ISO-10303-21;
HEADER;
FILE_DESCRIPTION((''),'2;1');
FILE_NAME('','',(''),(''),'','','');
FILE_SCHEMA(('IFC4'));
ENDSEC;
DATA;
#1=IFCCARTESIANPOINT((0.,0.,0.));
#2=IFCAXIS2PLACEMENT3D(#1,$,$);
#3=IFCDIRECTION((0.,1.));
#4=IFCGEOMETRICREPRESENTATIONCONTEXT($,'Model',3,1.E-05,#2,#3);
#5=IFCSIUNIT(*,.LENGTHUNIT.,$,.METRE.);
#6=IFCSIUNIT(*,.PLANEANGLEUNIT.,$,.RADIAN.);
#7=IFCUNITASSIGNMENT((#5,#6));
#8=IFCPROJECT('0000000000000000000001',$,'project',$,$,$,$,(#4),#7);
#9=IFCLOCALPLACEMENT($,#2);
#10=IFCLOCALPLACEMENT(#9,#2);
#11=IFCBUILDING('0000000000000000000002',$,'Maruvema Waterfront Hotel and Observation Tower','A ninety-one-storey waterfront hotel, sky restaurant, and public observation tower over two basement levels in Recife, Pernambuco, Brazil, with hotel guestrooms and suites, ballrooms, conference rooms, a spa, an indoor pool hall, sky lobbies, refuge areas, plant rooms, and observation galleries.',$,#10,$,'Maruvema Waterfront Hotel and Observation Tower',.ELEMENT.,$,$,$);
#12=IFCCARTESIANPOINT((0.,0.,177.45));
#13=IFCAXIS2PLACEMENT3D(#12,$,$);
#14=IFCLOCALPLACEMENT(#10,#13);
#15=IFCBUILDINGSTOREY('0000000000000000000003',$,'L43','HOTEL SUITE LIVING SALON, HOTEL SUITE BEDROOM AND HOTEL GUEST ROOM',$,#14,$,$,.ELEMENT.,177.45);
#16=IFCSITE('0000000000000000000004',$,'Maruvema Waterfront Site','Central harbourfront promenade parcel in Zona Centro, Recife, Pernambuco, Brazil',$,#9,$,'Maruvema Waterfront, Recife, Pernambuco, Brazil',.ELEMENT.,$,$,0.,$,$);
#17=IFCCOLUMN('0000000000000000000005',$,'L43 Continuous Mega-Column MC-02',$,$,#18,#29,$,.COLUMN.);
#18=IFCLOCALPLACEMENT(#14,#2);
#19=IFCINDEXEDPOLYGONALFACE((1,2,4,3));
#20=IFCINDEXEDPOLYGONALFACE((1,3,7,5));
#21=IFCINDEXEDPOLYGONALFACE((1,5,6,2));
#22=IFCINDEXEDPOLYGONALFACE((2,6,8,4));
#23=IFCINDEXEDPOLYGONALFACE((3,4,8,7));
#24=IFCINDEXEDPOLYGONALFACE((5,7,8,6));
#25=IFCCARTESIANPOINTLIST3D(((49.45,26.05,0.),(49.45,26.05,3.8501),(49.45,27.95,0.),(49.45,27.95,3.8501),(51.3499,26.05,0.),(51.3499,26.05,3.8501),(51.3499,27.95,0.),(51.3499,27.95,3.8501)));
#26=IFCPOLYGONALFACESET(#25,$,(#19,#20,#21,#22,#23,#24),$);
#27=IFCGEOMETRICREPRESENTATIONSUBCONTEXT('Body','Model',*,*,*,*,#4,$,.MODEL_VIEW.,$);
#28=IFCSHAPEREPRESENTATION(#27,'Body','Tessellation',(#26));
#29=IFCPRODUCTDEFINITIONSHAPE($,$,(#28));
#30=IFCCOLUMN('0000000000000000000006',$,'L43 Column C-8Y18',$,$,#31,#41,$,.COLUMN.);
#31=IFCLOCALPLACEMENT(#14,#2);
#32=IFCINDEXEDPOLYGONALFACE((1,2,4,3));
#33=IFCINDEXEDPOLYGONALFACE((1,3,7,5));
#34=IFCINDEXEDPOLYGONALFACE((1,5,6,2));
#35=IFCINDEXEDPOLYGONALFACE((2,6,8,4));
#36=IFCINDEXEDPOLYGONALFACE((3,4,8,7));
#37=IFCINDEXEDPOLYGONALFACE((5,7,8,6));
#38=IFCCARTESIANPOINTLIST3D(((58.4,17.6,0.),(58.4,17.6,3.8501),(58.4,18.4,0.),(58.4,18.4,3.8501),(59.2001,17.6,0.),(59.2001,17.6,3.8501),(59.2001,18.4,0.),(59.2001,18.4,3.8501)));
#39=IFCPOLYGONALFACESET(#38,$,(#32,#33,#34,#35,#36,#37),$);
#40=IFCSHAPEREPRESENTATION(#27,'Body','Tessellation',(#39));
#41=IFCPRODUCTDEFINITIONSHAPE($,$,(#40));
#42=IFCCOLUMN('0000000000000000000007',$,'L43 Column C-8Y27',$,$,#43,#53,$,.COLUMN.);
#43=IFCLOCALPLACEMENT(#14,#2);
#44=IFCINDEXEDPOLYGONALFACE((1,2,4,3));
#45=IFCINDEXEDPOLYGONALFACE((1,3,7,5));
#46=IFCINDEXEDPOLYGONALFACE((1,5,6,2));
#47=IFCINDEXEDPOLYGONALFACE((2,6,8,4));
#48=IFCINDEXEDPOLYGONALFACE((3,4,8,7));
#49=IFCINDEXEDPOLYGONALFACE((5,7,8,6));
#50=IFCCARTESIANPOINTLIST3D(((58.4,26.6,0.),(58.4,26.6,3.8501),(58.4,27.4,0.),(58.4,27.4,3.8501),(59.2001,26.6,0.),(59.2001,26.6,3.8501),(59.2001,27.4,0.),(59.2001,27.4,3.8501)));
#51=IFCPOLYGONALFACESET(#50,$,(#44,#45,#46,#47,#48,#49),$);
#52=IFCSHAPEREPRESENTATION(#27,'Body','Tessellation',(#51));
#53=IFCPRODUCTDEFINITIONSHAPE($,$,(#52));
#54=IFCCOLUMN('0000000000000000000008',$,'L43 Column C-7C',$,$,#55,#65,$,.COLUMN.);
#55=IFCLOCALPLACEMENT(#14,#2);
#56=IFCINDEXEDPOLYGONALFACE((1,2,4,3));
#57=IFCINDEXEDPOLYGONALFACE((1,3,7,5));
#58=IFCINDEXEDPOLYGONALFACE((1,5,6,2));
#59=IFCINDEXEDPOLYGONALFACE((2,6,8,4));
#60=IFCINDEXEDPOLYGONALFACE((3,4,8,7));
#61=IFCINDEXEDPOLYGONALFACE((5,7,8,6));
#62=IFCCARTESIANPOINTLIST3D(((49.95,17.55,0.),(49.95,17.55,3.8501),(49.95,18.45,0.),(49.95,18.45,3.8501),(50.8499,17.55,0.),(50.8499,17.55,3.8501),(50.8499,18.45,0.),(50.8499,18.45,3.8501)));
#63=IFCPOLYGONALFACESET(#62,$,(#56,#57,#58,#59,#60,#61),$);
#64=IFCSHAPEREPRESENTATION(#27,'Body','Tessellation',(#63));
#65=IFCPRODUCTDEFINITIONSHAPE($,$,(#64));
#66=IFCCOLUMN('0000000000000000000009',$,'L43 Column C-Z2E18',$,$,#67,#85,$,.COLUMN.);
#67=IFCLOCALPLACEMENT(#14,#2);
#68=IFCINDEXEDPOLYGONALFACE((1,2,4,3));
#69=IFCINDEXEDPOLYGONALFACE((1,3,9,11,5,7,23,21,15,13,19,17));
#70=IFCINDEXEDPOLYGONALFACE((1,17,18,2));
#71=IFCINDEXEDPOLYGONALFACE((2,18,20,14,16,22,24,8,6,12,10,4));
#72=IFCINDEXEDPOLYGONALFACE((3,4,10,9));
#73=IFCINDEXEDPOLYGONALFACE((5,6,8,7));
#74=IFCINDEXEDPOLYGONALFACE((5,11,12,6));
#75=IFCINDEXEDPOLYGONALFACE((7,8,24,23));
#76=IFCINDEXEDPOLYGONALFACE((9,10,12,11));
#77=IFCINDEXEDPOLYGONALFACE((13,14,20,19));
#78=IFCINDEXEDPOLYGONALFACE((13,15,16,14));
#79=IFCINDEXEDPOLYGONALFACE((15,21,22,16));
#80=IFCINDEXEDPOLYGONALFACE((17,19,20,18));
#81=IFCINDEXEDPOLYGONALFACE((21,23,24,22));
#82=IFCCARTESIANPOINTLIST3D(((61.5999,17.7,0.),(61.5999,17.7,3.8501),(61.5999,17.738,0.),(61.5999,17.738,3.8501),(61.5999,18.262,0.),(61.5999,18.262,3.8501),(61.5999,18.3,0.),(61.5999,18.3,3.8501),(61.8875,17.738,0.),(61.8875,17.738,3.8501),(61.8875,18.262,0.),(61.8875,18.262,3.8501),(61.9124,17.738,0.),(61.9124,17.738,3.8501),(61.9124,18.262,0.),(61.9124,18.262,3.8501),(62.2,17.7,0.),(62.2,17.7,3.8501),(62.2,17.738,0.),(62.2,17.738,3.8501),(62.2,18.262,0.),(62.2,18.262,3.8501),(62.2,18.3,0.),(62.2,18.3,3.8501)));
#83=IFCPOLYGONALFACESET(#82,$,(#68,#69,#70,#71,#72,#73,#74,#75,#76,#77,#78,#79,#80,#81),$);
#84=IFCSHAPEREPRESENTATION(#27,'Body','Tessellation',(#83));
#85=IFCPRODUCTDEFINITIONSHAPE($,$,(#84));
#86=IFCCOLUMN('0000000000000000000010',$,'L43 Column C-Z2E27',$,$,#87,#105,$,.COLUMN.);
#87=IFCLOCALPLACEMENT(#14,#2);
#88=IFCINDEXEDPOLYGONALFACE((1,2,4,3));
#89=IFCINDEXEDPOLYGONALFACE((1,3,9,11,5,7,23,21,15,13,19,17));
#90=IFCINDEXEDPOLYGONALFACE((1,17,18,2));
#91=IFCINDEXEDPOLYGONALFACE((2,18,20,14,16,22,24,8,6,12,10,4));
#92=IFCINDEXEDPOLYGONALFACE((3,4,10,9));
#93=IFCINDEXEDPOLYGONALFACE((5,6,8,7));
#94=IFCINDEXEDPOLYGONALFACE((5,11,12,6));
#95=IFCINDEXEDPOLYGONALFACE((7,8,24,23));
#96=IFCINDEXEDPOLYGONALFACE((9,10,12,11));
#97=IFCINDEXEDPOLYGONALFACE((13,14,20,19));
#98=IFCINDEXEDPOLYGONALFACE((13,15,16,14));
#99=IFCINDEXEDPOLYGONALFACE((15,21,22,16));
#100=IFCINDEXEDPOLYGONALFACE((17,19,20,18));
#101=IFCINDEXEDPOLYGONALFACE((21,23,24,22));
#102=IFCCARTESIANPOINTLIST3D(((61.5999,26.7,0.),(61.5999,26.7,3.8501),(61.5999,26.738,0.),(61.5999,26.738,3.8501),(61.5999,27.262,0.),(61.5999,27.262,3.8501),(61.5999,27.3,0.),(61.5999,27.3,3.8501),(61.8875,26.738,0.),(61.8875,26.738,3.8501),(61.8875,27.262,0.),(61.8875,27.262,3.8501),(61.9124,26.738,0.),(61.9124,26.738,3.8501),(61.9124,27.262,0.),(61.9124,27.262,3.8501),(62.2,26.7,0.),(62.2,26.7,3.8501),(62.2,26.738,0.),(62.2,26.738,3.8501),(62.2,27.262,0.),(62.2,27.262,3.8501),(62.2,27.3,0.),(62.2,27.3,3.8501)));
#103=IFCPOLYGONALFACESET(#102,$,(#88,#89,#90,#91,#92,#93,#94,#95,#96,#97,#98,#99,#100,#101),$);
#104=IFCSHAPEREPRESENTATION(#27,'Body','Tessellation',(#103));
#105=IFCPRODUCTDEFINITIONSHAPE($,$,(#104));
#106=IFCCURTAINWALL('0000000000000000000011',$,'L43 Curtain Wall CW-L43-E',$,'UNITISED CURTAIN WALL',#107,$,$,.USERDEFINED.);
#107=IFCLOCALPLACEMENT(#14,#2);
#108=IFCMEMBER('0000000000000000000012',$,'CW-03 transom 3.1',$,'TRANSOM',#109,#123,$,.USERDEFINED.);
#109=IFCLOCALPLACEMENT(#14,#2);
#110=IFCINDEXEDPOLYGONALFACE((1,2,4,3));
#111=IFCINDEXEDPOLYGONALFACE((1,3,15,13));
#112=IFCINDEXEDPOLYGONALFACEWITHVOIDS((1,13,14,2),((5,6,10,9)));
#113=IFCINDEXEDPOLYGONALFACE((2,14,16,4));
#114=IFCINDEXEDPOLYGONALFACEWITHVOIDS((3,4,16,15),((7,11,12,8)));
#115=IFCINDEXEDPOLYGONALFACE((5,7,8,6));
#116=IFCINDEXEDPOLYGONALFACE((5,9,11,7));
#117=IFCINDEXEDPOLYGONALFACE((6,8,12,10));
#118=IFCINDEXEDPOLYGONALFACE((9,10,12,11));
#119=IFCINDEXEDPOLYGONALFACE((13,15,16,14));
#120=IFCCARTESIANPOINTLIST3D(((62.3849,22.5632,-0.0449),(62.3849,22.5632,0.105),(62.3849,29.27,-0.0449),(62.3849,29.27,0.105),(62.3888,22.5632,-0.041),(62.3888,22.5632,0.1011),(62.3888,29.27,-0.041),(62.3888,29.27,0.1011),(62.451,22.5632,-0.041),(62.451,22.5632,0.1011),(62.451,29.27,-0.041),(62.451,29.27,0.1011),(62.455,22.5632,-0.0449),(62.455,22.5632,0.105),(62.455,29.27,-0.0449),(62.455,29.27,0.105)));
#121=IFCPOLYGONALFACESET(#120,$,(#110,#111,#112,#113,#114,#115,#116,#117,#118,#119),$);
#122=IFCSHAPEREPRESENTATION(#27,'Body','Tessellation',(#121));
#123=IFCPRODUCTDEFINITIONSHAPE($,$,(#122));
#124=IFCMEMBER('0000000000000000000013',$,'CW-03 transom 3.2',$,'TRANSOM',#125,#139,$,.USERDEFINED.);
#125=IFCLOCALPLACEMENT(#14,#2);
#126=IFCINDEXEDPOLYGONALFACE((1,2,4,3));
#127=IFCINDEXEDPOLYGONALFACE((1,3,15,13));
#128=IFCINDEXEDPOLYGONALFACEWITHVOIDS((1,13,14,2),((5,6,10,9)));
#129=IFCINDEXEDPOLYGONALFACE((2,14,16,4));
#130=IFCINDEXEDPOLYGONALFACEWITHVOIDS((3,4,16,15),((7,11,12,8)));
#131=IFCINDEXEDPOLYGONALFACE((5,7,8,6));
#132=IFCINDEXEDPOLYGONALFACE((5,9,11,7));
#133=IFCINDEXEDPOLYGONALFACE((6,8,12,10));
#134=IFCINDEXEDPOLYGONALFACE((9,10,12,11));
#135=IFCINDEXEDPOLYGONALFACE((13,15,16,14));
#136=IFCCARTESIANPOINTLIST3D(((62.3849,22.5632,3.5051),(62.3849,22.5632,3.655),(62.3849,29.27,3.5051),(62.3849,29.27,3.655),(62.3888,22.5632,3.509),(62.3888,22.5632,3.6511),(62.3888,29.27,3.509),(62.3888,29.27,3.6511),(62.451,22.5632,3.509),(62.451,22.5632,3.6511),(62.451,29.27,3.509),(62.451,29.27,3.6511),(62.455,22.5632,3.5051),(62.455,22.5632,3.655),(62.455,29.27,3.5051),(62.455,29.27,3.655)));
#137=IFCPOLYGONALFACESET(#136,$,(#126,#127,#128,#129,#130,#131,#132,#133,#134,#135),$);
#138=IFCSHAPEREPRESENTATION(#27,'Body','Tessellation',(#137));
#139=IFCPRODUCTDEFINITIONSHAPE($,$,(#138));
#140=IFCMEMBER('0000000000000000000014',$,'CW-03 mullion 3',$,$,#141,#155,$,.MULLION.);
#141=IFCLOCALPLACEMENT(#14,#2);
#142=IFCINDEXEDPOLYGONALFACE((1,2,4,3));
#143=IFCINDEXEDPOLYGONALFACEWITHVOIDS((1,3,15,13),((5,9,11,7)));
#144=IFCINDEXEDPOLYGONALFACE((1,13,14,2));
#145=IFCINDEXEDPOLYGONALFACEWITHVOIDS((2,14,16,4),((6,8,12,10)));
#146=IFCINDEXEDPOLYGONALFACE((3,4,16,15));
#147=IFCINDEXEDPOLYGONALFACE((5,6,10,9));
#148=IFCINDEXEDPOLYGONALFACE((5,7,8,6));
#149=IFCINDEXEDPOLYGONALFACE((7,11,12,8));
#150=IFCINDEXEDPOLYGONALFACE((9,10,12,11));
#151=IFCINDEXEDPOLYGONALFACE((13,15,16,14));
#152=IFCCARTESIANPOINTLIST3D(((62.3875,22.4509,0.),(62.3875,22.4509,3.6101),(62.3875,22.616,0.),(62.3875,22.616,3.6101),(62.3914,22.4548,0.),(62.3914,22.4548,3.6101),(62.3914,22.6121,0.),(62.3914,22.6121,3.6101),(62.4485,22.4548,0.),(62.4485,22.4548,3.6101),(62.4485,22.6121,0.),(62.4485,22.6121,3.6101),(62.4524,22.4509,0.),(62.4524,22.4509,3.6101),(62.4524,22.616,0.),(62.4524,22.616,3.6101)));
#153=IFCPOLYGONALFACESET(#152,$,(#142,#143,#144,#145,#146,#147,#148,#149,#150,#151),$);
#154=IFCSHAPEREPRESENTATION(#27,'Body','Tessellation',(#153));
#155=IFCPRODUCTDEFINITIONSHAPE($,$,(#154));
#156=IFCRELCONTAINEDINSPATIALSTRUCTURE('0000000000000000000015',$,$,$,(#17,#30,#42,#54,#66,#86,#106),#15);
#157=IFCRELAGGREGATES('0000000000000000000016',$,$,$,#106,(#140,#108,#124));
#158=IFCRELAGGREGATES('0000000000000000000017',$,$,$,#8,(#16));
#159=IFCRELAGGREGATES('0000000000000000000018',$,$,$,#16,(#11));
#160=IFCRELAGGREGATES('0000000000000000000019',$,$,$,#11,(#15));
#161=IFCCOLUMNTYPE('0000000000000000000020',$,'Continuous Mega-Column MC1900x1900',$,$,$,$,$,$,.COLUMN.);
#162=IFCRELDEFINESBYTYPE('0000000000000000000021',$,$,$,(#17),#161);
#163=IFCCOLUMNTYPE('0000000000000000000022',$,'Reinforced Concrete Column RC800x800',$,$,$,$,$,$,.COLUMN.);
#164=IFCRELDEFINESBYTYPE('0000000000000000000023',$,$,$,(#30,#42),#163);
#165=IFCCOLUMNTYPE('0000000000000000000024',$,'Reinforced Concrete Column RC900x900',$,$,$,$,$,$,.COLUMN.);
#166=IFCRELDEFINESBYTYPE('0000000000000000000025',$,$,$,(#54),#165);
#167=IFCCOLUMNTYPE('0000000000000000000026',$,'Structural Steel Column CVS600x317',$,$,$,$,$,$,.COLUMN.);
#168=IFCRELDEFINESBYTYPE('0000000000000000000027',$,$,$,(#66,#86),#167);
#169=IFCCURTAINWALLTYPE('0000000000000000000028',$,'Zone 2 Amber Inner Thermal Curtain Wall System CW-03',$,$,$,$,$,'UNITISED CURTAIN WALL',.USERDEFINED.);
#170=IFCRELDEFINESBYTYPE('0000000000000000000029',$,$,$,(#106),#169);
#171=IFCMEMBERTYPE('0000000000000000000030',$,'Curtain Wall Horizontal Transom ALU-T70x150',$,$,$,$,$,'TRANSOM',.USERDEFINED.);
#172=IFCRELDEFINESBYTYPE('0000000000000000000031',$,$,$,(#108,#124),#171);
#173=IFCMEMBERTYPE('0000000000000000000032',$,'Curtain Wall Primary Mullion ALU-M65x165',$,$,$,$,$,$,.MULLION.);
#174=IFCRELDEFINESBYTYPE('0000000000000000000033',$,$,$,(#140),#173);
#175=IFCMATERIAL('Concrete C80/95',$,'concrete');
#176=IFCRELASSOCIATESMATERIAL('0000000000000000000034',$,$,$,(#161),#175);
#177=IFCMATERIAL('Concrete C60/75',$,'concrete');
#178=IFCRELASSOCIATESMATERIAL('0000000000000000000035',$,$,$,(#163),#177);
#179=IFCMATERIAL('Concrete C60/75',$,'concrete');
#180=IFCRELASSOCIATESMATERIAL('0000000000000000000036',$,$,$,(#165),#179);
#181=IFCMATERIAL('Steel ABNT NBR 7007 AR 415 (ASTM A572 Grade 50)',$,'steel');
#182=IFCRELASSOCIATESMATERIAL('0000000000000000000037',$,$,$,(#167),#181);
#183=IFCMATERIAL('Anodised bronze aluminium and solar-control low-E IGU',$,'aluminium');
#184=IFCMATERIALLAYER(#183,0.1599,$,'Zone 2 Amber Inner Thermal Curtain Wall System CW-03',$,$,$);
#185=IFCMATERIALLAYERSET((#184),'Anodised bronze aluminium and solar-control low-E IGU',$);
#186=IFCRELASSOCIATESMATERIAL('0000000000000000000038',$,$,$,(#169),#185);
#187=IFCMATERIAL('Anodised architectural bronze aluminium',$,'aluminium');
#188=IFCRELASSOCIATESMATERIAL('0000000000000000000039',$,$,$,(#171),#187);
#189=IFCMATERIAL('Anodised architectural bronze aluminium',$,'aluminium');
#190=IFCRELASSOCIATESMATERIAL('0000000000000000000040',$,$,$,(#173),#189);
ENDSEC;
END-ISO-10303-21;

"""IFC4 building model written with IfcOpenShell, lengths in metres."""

from ifc_helpers import new_model, si_unit, direction, frame, origin, origin_2d, place, context, subcontext, project, spatial, rectangle, hollow_rectangle, i_section, extrude, material, layer, layer_set, material_profile, profile_set, type_object, element, aggregate, save


model = new_model("IFC4")

# Units and contexts
model_context = context("Model", 3, precision=1e-05, world=origin(), true_north=direction((0.0, 1.0)))
body_context = subcontext(model_context, "Body", "Model", "MODEL_VIEW")
ifc_project = project(units=[si_unit("LENGTHUNIT", "METRE"), si_unit("PLANEANGLEUNIT", "RADIAN")], contexts=[model_context])

# Site, building, storey
site_placement = place(None, origin())
site = spatial("IfcSite", under=ifc_project, at=site_placement, Name="Maruvema Waterfront Site", Description="Central harbourfront promenade parcel in Zona Centro, Recife, Pernambuco, Brazil", LongName="Maruvema Waterfront, Recife, Pernambuco, Brazil", CompositionType="ELEMENT", RefElevation=0.0)
building_placement = place(site_placement, origin())
building = spatial("IfcBuilding", under=site, at=building_placement, Name="Maruvema Waterfront Hotel and Observation Tower", Description="A ninety-one-storey waterfront hotel, sky restaurant, and public observation tower over two basement levels in Recife, Pernambuco, Brazil, with hotel guestrooms and suites, ballrooms, conference rooms, a spa, an indoor pool hall, sky lobbies, refuge areas, plant rooms, and observation galleries.", LongName="Maruvema Waterfront Hotel and Observation Tower", CompositionType="ELEMENT")
storey_placement = place(building_placement, frame((0.0, 0.0, 177.45)))
storey = spatial("IfcBuildingStorey", under=building, at=storey_placement, Name="L43", Description="HOTEL SUITE LIVING SALON, HOTEL SUITE BEDROOM AND HOTEL GUEST ROOM", CompositionType="ELEMENT", Elevation=177.45)

# Columns
ifc_material_1 = material(Name="Concrete C80/95", Category="concrete")
ifc_material_profile_1 = material_profile(ifc_material_1, rectangle(XDim=1.8999, YDim=1.8999, at=origin_2d()), Name="MC1900x1900")
ifc_profile_set_1 = profile_set([ifc_material_profile_1], Name="Concrete C80/95")
column_type_1 = type_object("IfcColumnType", Name="Continuous Mega-Column MC1900x1900", PredefinedType="COLUMN", material=ifc_profile_set_1)
column_1_placement = place(storey_placement, frame((50.3999, 27.0, 0.0), z_axis=(0.0, 0.0, 1.0), x_axis=(1.0, 0.0, 0.0)))
element("IfcColumn", 1, at=column_1_placement, inside=storey, type_object=column_type_1, Name="L43 Continuous Mega-Column MC-02", PredefinedType="COLUMN", context=body_context, shape_type="SweptSolid", body=[
    extrude(rectangle(XDim=1.8999, YDim=1.8999, at=origin_2d()), origin(), (0.0, 0.0, 1.0), 3.8501),
])
ifc_material_2 = material(Name="Concrete C60/75", Category="concrete")
ifc_material_profile_2 = material_profile(ifc_material_2, rectangle(XDim=0.8, YDim=0.8, at=origin_2d()), Name="RC800x800")
ifc_profile_set_2 = profile_set([ifc_material_profile_2], Name="Concrete C60/75")
column_type_2 = type_object("IfcColumnType", Name="Reinforced Concrete Column RC800x800", PredefinedType="COLUMN", material=ifc_profile_set_2)
for number, where, z_axis, x_axis, name in (
    (2, (58.8, 18.0, 0.0), (0.0, 0.0, 1.0), (1.0, 0.0, 0.0), "L43 Column C-8Y18"),
    (3, (58.8, 27.0, 0.0), (0.0, 0.0, 1.0), (1.0, 0.0, 0.0), "L43 Column C-8Y27"),
):
    element("IfcColumn", number, at=place(storey_placement, frame(where, z_axis=z_axis, x_axis=x_axis)), inside=storey, type_object=column_type_2, Name=name, PredefinedType="COLUMN", context=body_context, shape_type="SweptSolid", body=[
        extrude(rectangle(XDim=0.8, YDim=0.8, at=origin_2d()), origin(), (0.0, 0.0, 1.0), 3.8501),
    ])
ifc_material_3 = material(Name="Concrete C60/75", Category="concrete")
ifc_material_profile_3 = material_profile(ifc_material_3, rectangle(XDim=0.8999, YDim=0.8999, at=origin_2d()), Name="RC900x900")
ifc_profile_set_3 = profile_set([ifc_material_profile_3], Name="Concrete C60/75")
column_type_3 = type_object("IfcColumnType", Name="Reinforced Concrete Column RC900x900", PredefinedType="COLUMN", material=ifc_profile_set_3)
column_2_placement = place(storey_placement, frame((50.3999, 18.0, 0.0), z_axis=(0.0, 0.0, 1.0), x_axis=(1.0, 0.0, 0.0)))
element("IfcColumn", 4, at=column_2_placement, inside=storey, type_object=column_type_3, Name="L43 Column C-7C", PredefinedType="COLUMN", context=body_context, shape_type="SweptSolid", body=[
    extrude(rectangle(XDim=0.8999, YDim=0.8999, at=origin_2d()), origin(), (0.0, 0.0, 1.0), 3.8501),
])
ifc_material_4 = material(Name="Steel ABNT NBR 7007 AR 415 (ASTM A572 Grade 50)", Category="steel")
ifc_material_profile_4 = material_profile(ifc_material_4, i_section(OverallWidth=0.6001, OverallDepth=0.6001, WebThickness=0.0249, FlangeThickness=0.0381, at=origin_2d()), Name="CVS600x317")
ifc_profile_set_4 = profile_set([ifc_material_profile_4], Name="Steel ABNT NBR 7007 AR 415 (ASTM A572 Grade 50)")
column_type_4 = type_object("IfcColumnType", Name="Structural Steel Column CVS600x317", PredefinedType="COLUMN", material=ifc_profile_set_4)
for number, where, z_axis, x_axis, name in (
    (5, (61.8999, 18.0, 0.0), (0.0, 0.0, 1.0), (1.0, 0.0, 0.0), "L43 Column C-Z2E18"),
    (6, (61.8999, 27.0, 0.0), (0.0, 0.0, 1.0), (1.0, 0.0, 0.0), "L43 Column C-Z2E27"),
):
    element("IfcColumn", number, at=place(storey_placement, frame(where, z_axis=z_axis, x_axis=x_axis)), inside=storey, type_object=column_type_4, Name=name, PredefinedType="COLUMN", context=body_context, shape_type="SweptSolid", body=[
        extrude(i_section(OverallWidth=0.6001, OverallDepth=0.6001, WebThickness=0.0249, FlangeThickness=0.0381, at=origin_2d()), origin(), (0.0, 0.0, 1.0), 3.8501),
    ])

# Curtain wall, members
ifc_material_5 = material(Name="Anodised bronze aluminium and solar-control low-E IGU", Category="aluminium")
ifc_layer_1 = layer(ifc_material_5, 0.1599, Name="Zone 2 Amber Inner Thermal Curtain Wall System CW-03")
ifc_layer_set_1 = layer_set([ifc_layer_1], Name="Anodised bronze aluminium and solar-control low-E IGU")
curtain_wall_type = type_object("IfcCurtainWallType", Name="Zone 2 Amber Inner Thermal Curtain Wall System CW-03", ElementType="UNITISED CURTAIN WALL", PredefinedType="USERDEFINED", material=ifc_layer_set_1)
curtain_wall_placement = place(storey_placement, origin())
curtain_wall = element("IfcCurtainWall", 7, at=curtain_wall_placement, inside=storey, type_object=curtain_wall_type, Name="L43 Curtain Wall CW-L43-E", ObjectType="UNITISED CURTAIN WALL", PredefinedType="USERDEFINED")
ifc_material_6 = material(Name="Anodised architectural bronze aluminium", Category="aluminium")
ifc_material_profile_5 = material_profile(ifc_material_6, hollow_rectangle(XDim=0.0701, YDim=0.1499, WallThickness=0.0039, at=origin_2d()), Name="ALU-T70x150")
ifc_profile_set_5 = profile_set([ifc_material_profile_5], Name="Anodised architectural bronze aluminium")
member_type_1 = type_object("IfcMemberType", Name="Curtain Wall Horizontal Transom ALU-T70x150", ElementType="TRANSOM", PredefinedType="USERDEFINED", material=ifc_profile_set_5)
member_1_placement = place(storey_placement, frame((62.4199, 22.5632, 0.03), z_axis=(0.0, 1.0, 0.0), x_axis=(-1.0, 0.0, 0.0)))
member_1 = element("IfcMember", 8, at=member_1_placement, type_object=member_type_1, Name="CW-03 transom 3.1", ObjectType="TRANSOM", PredefinedType="USERDEFINED", context=body_context, shape_type="SweptSolid", body=[
    extrude(hollow_rectangle(XDim=0.0701, YDim=0.1499, WallThickness=0.0039, at=origin_2d()), origin(), (0.0, 0.0, 1.0), 6.7068),
])
member_2_placement = place(storey_placement, frame((62.4199, 22.5632, 3.5801), z_axis=(0.0, 1.0, 0.0), x_axis=(-1.0, 0.0, 0.0)))
member_2 = element("IfcMember", 9, at=member_2_placement, type_object=member_type_1, Name="CW-03 transom 3.2", ObjectType="TRANSOM", PredefinedType="USERDEFINED", context=body_context, shape_type="SweptSolid", body=[
    extrude(hollow_rectangle(XDim=0.0701, YDim=0.1499, WallThickness=0.0039, at=origin_2d()), origin(), (0.0, 0.0, 1.0), 6.7068),
])
ifc_material_7 = material(Name="Anodised architectural bronze aluminium", Category="aluminium")
ifc_material_profile_6 = material_profile(ifc_material_7, hollow_rectangle(XDim=0.0649, YDim=0.165, WallThickness=0.0039, at=origin_2d()), Name="ALU-M65x165")
ifc_profile_set_6 = profile_set([ifc_material_profile_6], Name="Anodised architectural bronze aluminium")
member_type_2 = type_object("IfcMemberType", Name="Curtain Wall Primary Mullion ALU-M65x165", PredefinedType="MULLION", material=ifc_profile_set_6)
member_3_placement = place(storey_placement, frame((62.4199, 22.5334, 0.0), z_axis=(0.0, 0.0, 1.0), x_axis=(-1.0, 0.0, 0.0)))
member_3 = element("IfcMember", 10, at=member_3_placement, type_object=member_type_2, Name="CW-03 mullion 3", PredefinedType="MULLION", context=body_context, shape_type="SweptSolid", body=[
    extrude(hollow_rectangle(XDim=0.0649, YDim=0.165, WallThickness=0.0039, at=origin_2d()), origin(), (0.0, 0.0, 1.0), 3.6101),
])

aggregate(curtain_wall, [member_3, member_1, member_2])

save(model, "model.ifc")
